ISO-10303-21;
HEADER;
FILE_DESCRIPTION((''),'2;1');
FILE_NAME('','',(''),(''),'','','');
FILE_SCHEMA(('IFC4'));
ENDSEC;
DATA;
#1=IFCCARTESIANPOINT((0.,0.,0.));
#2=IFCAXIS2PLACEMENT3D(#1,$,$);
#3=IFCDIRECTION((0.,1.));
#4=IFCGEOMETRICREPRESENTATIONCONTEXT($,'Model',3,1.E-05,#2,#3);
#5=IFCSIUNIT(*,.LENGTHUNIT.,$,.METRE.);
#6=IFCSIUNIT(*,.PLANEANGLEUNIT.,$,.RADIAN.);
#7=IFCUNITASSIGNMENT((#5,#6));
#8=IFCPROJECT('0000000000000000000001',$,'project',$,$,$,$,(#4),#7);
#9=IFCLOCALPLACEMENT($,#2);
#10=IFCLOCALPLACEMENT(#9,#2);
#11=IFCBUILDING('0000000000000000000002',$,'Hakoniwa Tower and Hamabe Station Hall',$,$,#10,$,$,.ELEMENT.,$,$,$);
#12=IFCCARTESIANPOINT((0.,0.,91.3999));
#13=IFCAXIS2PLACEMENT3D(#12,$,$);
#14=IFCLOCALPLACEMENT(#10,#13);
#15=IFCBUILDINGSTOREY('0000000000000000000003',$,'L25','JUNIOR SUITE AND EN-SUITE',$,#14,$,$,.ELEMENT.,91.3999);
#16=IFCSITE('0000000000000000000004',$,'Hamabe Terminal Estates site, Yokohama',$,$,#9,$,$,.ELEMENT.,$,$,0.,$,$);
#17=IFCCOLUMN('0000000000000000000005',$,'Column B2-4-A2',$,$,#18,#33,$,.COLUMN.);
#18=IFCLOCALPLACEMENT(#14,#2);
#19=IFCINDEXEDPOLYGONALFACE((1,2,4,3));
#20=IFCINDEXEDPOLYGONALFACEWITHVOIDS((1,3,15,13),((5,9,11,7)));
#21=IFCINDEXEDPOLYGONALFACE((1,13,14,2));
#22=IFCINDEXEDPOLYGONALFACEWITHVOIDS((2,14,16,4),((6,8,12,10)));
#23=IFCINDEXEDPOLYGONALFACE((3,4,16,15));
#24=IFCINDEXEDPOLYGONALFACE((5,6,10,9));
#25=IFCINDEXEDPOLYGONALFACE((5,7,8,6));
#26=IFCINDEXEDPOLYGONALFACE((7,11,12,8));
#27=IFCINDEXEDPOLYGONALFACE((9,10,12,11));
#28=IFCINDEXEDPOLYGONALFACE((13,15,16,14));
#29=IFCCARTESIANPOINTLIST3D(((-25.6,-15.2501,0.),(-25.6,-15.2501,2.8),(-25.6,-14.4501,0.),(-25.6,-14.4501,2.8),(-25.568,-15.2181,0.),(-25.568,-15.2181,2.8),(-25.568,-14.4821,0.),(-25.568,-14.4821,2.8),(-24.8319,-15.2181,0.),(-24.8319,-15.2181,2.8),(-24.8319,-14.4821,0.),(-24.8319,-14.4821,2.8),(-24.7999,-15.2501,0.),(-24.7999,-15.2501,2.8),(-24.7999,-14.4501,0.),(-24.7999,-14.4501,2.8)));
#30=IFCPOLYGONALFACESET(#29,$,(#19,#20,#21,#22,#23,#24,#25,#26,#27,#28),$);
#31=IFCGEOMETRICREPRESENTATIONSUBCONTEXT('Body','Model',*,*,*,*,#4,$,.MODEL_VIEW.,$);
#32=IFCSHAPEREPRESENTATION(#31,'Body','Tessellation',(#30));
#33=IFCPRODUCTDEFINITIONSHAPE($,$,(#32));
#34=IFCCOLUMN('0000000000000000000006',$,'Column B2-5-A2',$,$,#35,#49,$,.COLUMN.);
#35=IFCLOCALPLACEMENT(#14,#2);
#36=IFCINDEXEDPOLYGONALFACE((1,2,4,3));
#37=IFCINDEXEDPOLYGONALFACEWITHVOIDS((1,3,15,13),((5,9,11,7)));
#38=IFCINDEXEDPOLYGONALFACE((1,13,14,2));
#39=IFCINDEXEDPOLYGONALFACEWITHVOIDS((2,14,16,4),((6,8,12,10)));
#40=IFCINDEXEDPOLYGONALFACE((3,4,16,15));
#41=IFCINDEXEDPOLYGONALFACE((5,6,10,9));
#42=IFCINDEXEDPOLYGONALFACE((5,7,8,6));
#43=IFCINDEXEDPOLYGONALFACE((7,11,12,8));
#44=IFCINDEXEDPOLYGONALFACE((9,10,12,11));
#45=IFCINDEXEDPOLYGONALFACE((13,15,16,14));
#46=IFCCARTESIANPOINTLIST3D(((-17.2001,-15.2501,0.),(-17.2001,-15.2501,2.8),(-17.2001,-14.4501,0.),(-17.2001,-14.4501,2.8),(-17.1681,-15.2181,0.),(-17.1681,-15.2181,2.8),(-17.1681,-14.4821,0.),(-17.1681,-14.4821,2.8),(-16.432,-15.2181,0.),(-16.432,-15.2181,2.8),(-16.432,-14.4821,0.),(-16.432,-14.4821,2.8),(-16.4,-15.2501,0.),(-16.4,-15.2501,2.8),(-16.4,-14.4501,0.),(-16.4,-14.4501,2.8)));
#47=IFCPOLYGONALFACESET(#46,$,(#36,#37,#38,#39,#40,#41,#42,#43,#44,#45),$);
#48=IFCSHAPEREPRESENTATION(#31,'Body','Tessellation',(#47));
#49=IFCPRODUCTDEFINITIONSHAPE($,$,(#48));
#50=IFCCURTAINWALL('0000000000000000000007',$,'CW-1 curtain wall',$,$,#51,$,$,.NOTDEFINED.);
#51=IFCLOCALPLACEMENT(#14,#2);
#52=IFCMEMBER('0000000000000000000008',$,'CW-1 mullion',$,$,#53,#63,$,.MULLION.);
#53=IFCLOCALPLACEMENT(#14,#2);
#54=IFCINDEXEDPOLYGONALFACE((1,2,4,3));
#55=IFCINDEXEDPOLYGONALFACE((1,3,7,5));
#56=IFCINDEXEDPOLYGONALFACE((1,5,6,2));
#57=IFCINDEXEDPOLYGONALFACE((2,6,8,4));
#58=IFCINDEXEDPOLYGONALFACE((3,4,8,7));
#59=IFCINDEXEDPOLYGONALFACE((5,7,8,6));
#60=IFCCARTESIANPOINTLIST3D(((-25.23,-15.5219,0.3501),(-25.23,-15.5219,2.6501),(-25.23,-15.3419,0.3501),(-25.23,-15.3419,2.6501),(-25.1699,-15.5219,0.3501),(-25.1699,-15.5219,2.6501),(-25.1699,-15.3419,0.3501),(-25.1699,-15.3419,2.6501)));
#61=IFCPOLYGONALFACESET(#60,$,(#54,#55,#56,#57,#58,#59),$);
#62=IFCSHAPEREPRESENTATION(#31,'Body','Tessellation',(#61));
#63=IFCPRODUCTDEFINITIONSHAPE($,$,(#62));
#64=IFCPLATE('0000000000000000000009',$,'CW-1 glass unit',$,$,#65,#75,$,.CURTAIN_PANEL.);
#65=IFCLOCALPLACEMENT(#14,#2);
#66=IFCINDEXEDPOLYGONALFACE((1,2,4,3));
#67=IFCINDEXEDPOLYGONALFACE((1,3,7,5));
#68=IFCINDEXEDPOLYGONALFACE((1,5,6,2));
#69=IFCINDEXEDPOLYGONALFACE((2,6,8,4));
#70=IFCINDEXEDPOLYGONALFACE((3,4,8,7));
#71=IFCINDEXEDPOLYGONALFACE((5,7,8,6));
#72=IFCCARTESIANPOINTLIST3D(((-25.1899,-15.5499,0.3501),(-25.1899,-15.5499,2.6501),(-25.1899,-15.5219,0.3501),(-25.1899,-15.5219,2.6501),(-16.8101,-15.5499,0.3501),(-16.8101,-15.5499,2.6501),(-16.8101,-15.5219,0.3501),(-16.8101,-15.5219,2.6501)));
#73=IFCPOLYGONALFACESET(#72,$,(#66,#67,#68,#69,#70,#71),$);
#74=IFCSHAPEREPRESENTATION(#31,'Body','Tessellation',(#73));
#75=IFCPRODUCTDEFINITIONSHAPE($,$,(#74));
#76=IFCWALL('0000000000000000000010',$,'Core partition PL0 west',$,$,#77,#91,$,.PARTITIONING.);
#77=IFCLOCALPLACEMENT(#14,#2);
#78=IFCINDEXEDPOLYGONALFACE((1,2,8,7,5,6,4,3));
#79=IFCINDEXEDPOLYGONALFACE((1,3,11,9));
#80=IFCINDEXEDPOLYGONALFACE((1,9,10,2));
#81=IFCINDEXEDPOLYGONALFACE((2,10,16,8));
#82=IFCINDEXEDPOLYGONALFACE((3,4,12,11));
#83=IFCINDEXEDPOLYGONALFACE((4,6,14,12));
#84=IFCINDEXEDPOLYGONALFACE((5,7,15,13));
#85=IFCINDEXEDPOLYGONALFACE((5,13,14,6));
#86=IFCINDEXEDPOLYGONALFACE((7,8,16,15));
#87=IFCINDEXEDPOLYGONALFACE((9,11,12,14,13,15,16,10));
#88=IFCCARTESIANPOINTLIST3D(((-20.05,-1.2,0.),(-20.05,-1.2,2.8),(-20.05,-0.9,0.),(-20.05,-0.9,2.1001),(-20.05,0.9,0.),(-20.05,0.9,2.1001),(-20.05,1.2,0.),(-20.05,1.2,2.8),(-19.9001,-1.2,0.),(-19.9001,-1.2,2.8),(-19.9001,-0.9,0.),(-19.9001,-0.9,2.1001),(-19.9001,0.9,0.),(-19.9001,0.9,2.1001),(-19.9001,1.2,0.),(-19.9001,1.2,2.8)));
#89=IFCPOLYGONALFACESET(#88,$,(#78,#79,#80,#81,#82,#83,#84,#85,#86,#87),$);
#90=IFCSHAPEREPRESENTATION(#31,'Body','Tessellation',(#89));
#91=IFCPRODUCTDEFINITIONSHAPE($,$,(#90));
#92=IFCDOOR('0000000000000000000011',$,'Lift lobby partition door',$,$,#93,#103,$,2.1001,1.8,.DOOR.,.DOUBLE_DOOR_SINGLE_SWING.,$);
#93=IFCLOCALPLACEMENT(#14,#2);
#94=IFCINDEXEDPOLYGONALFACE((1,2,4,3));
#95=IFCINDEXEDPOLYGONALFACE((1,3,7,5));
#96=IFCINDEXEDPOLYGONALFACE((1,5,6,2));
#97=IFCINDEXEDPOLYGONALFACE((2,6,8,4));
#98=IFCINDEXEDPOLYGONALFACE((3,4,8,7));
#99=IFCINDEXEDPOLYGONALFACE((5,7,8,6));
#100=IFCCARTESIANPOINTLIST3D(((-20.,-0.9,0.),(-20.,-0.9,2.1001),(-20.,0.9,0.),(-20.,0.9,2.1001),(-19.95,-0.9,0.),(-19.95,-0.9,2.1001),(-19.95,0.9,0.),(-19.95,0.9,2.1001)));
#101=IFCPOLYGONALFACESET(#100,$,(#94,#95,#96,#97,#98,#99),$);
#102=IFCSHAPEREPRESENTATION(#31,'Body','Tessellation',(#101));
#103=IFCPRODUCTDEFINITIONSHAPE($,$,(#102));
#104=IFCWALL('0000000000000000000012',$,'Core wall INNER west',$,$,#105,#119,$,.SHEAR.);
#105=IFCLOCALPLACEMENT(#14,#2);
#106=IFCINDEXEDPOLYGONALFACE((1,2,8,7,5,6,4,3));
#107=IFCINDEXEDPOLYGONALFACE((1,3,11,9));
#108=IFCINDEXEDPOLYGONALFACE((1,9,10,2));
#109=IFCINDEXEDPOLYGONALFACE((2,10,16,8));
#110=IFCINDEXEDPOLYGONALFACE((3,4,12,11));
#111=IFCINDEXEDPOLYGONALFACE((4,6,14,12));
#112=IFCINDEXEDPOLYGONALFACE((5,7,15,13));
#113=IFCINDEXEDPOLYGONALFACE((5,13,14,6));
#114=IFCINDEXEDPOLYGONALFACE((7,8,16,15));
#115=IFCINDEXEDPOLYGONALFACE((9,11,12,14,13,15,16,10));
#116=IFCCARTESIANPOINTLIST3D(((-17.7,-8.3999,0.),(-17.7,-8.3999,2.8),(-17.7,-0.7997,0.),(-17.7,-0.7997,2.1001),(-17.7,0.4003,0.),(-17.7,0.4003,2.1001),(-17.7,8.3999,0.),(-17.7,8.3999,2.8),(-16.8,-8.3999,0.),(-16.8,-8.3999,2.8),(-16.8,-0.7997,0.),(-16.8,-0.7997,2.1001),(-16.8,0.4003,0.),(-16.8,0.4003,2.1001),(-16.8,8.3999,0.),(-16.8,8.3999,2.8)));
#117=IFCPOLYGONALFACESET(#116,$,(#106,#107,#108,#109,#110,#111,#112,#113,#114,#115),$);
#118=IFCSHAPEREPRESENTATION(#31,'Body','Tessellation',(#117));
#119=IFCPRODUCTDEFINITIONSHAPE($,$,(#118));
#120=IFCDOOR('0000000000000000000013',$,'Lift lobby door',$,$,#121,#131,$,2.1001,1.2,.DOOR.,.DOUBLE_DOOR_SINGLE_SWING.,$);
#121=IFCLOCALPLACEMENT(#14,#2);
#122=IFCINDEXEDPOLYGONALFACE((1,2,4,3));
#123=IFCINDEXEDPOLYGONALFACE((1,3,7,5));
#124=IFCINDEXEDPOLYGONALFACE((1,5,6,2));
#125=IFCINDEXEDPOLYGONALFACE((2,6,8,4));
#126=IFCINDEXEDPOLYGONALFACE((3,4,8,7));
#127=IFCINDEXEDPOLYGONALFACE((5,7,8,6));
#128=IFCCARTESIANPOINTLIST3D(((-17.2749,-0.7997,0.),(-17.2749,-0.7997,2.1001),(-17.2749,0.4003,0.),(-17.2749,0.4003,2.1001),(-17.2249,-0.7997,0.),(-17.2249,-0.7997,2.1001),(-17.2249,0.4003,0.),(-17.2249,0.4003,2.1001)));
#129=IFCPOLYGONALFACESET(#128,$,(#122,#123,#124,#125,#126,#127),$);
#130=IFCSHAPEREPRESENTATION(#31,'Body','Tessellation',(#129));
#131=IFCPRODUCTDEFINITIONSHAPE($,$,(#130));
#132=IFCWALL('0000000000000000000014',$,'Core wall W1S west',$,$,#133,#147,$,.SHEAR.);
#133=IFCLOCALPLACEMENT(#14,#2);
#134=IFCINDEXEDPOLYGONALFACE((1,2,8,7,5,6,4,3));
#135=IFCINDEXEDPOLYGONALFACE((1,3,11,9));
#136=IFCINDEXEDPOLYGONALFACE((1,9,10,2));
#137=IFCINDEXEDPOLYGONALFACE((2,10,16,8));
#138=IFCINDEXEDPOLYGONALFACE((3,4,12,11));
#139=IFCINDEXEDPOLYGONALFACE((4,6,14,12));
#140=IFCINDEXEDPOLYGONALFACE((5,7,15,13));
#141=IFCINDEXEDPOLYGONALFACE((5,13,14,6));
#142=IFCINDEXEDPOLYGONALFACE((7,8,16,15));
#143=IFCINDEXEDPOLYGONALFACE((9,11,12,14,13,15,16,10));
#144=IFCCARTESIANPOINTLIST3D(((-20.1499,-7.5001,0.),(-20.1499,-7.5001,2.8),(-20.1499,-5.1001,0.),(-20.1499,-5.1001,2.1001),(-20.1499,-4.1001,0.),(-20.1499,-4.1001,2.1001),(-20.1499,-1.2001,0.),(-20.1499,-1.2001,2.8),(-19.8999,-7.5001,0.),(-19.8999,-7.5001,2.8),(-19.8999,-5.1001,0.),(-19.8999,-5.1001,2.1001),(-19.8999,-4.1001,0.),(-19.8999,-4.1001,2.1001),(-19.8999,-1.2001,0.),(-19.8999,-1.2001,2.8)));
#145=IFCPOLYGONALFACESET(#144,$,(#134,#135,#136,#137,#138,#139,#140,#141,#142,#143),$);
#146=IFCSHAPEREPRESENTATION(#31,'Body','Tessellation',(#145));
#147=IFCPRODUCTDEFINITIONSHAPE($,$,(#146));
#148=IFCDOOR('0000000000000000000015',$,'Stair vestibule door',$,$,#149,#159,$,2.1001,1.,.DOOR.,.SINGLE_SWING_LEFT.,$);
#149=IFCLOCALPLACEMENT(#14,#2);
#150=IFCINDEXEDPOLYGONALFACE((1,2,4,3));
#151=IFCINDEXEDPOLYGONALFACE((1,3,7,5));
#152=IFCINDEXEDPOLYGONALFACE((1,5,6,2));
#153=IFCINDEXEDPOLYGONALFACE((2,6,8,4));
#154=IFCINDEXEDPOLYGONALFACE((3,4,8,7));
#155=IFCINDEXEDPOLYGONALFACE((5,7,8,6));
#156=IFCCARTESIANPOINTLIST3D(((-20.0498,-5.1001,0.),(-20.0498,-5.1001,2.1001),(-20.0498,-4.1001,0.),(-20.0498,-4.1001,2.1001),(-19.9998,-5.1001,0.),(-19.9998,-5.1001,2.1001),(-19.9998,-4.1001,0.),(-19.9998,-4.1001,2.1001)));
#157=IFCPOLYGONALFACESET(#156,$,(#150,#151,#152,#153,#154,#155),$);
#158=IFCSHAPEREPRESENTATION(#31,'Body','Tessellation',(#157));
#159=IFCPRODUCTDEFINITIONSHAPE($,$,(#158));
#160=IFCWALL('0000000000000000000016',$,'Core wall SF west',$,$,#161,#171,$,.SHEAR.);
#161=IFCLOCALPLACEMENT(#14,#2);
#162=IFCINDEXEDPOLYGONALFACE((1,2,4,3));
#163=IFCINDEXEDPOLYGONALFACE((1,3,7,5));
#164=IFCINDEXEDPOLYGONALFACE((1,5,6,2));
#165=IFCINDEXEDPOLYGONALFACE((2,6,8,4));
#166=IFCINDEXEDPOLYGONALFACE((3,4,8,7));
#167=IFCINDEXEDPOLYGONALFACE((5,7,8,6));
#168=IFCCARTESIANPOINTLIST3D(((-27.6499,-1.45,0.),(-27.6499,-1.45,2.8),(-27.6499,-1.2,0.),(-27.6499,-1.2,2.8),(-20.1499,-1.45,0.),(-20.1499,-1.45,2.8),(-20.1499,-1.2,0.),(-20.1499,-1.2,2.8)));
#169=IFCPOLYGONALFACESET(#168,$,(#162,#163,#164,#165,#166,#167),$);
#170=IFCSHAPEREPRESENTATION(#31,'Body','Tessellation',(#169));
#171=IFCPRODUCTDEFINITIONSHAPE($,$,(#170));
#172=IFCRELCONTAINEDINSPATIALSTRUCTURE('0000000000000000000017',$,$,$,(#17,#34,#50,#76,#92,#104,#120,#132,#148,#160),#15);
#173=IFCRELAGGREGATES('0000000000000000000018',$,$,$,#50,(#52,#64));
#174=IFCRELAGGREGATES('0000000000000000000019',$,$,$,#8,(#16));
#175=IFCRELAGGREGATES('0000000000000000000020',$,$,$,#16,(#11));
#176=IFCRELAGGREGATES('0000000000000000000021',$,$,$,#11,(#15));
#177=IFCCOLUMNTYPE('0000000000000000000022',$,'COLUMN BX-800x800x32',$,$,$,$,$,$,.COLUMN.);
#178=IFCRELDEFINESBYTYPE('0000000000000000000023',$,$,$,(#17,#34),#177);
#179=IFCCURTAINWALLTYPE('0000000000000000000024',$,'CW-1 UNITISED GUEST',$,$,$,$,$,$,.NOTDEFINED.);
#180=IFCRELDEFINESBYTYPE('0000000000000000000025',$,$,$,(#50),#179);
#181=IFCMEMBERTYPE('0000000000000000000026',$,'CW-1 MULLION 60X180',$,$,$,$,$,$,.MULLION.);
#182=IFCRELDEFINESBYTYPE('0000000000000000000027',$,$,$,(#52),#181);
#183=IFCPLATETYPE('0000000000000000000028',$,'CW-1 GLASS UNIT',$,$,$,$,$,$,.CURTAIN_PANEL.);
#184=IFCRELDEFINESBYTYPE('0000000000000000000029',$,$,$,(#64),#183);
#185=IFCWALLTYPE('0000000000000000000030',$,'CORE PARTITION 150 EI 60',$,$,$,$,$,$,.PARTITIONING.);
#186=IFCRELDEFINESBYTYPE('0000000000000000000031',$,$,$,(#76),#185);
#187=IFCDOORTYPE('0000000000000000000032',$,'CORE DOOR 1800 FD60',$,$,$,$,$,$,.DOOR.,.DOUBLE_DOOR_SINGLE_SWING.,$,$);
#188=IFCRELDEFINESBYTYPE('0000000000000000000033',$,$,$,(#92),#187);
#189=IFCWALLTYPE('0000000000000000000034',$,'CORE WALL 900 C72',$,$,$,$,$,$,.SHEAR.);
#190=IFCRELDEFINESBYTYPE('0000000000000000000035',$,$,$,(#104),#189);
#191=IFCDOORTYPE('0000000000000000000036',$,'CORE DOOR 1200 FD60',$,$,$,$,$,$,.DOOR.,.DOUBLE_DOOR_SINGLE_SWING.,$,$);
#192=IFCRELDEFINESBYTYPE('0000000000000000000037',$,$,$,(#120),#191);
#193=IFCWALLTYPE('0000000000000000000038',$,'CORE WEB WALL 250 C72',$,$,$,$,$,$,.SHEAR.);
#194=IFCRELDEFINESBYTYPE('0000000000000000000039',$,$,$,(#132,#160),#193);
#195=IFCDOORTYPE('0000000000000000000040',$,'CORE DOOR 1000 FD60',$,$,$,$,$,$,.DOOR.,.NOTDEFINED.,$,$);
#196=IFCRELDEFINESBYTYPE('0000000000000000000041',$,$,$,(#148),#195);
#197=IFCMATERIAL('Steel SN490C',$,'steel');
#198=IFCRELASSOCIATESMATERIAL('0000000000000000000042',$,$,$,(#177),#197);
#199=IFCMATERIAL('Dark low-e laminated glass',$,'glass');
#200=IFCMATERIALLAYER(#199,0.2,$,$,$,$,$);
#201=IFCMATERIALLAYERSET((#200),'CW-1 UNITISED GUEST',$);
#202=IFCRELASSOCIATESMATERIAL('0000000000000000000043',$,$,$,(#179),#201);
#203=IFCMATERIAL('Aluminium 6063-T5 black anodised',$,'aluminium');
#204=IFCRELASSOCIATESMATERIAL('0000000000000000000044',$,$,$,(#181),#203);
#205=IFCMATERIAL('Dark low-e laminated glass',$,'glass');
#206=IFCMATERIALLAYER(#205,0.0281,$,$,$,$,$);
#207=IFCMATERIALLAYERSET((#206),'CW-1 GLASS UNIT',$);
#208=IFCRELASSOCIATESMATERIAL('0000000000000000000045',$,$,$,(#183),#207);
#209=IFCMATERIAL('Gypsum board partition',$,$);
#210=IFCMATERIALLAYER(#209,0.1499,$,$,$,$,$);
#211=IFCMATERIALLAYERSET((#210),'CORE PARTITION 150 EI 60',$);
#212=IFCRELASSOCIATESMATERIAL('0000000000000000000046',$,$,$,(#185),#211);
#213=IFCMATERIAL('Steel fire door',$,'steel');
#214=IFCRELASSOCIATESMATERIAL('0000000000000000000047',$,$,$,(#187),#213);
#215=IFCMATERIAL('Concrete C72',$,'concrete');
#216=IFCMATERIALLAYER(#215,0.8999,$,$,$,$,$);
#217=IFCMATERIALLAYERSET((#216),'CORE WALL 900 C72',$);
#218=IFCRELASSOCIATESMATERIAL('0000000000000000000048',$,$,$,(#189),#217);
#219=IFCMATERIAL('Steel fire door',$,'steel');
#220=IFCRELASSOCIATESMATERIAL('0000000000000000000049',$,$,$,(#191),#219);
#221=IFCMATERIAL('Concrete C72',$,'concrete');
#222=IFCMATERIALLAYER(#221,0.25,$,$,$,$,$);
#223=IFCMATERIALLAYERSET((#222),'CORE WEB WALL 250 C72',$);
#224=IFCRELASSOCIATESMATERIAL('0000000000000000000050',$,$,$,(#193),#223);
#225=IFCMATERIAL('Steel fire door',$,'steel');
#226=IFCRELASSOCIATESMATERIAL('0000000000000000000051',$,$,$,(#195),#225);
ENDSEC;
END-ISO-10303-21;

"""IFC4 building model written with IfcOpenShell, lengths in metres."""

from ifc_helpers import new_model, si_unit, direction, frame, frame_2d, origin, origin_2d, place, context, subcontext, project, spatial, rectangle, hollow_rectangle, extrude, material, layer, layer_set, material_profile, profile_set, type_object, element, fill, aggregate, save


model = new_model("IFC4")

# Units and contexts
model_context = context("Model", 3, precision=1e-05, world=origin(), true_north=direction((0.0, 1.0)))
body_context = subcontext(model_context, "Body", "Model", "MODEL_VIEW")
ifc_project = project(units=[si_unit("LENGTHUNIT", "METRE"), si_unit("PLANEANGLEUNIT", "RADIAN")], contexts=[model_context])

# Site, building, storey
site_placement = place(None, origin())
site = spatial("IfcSite", under=ifc_project, at=site_placement, Name="Hamabe Terminal Estates site, Yokohama", CompositionType="ELEMENT", RefElevation=0.0)
building_placement = place(site_placement, origin())
building = spatial("IfcBuilding", under=site, at=building_placement, Name="Hakoniwa Tower and Hamabe Station Hall", CompositionType="ELEMENT")
storey_placement = place(building_placement, frame((0.0, 0.0, 91.3999)))
storey = spatial("IfcBuildingStorey", under=building, at=storey_placement, Name="L25", Description="JUNIOR SUITE AND EN-SUITE", CompositionType="ELEMENT", Elevation=91.3999)

# Columns
ifc_material_1 = material(Name="Steel SN490C", Category="steel")
ifc_material_profile_1 = material_profile(ifc_material_1, hollow_rectangle(XDim=0.8, YDim=0.8, WallThickness=0.032, at=origin_2d()), Name="BX-800x800x32")
ifc_profile_set_1 = profile_set([ifc_material_profile_1], Name="Steel SN490C")
column_type = type_object("IfcColumnType", Name="COLUMN BX-800x800x32", PredefinedType="COLUMN", material=ifc_profile_set_1)
for number, where, z_axis, x_axis, name in (
    (1, (-25.2, -14.8501, 0.0), (0.0, 0.0, 1.0), (1.0, 0.0, 0.0), "Column B2-4-A2"),
    (2, (-16.8, -14.8501, 0.0), (0.0, 0.0, 1.0), (1.0, 0.0, 0.0), "Column B2-5-A2"),
):
    element("IfcColumn", number, at=place(storey_placement, frame(where, z_axis=z_axis, x_axis=x_axis)), inside=storey, type_object=column_type, Name=name, PredefinedType="COLUMN", context=body_context, shape_type="SweptSolid", body=[
        extrude(hollow_rectangle(XDim=0.8, YDim=0.8, WallThickness=0.032, at=origin_2d()), origin(), (0.0, 0.0, 1.0), 2.8),
    ])

# Curtain wall, member, plate
ifc_material_2 = material(Name="Dark low-e laminated glass", Category="glass")
ifc_layer_1 = layer(ifc_material_2, 0.2)
ifc_layer_set_1 = layer_set([ifc_layer_1], Name="CW-1 UNITISED GUEST")
curtain_wall_type = type_object("IfcCurtainWallType", Name="CW-1 UNITISED GUEST", PredefinedType="NOTDEFINED", material=ifc_layer_set_1)
curtain_wall_placement = place(storey_placement, origin())
curtain_wall = element("IfcCurtainWall", 3, at=curtain_wall_placement, inside=storey, type_object=curtain_wall_type, Name="CW-1 curtain wall", PredefinedType="NOTDEFINED")
ifc_material_3 = material(Name="Aluminium 6063-T5 black anodised", Category="aluminium")
ifc_material_profile_2 = material_profile(ifc_material_3, rectangle(XDim=0.0601, YDim=0.1799, at=origin_2d()), Name="CW-1 MULLION 60X180")
ifc_profile_set_2 = profile_set([ifc_material_profile_2], Name="Aluminium 6063-T5 black anodised")
member_type = type_object("IfcMemberType", Name="CW-1 MULLION 60X180", PredefinedType="MULLION", material=ifc_profile_set_2)
member_placement = place(storey_placement, frame((-25.2, -15.4319, 0.3501), z_axis=(0.0, 0.0, 1.0), x_axis=(1.0, 0.0, 0.0)))
member = element("IfcMember", 4, at=member_placement, type_object=member_type, Name="CW-1 mullion", PredefinedType="MULLION", context=body_context, shape_type="SweptSolid", body=[
    extrude(rectangle(XDim=0.0601, YDim=0.1799, at=origin_2d()), origin(), (0.0, 0.0, 1.0), 2.3),
])
ifc_material_4 = material(Name="Dark low-e laminated glass", Category="glass")
ifc_layer_2 = layer(ifc_material_4, 0.0281)
ifc_layer_set_2 = layer_set([ifc_layer_2], Name="CW-1 GLASS UNIT")
plate_type = type_object("IfcPlateType", Name="CW-1 GLASS UNIT", PredefinedType="CURTAIN_PANEL", material=ifc_layer_set_2)
plate_placement = place(storey_placement, frame((-21.0, -15.5359, 0.3501), z_axis=(0.0, 0.0, 1.0), x_axis=(1.0, 0.0, 0.0)))
plate = element("IfcPlate", 5, at=plate_placement, type_object=plate_type, Name="CW-1 glass unit", PredefinedType="CURTAIN_PANEL", context=body_context, shape_type="SweptSolid", body=[
    extrude(rectangle(XDim=8.3799, YDim=0.0281, at=origin_2d()), origin(), (0.0, 0.0, 1.0), 2.3),
])
aggregate(curtain_wall, [member, plate])

# Walls, openings, doors
ifc_material_5 = material(Name="Gypsum board partition")
ifc_layer_3 = layer(ifc_material_5, 0.1499)
ifc_layer_set_3 = layer_set([ifc_layer_3], Name="CORE PARTITION 150 EI 60")
wall_type_1 = type_object("IfcWallType", Name="CORE PARTITION 150 EI 60", PredefinedType="PARTITIONING", material=ifc_layer_set_3)
wall_1_placement = place(storey_placement, frame((-19.9751, -1.2, 0.0), z_axis=(0.0, 0.0, 1.0), x_axis=(0.0, 1.0, 0.0)))
wall_1 = element("IfcWall", 6, at=wall_1_placement, inside=storey, type_object=wall_type_1, Name="Core partition PL0 west", PredefinedType="PARTITIONING", context=body_context, shape_type="SweptSolid", body=[
    extrude(rectangle(XDim=2.3999, YDim=0.1499, at=frame_2d((1.2, 0.0))), origin(), (0.0, 0.0, 1.0), 2.8),
])
opening_1_placement = place(wall_1_placement, frame((0.3, 0.0, 0.0)))
opening_1 = element("IfcOpeningElement", 7, at=opening_1_placement, cuts=wall_1, PredefinedType="OPENING", context=body_context, shape_type="SweptSolid", body=[
    extrude(rectangle(XDim=1.8, YDim=2.1001, at=frame_2d((0.8999, 1.05))), frame((0.0, 0.085, 0.0), z_axis=(0.0, -1.0, 0.0), x_axis=(1.0, 0.0, 0.0)), (0.0, 0.0, 1.0), 0.1699),
])
ifc_material_6 = material(Name="Steel fire door", Category="steel")
door_type_1 = type_object("IfcDoorType", Name="CORE DOOR 1800 FD60", OperationType="DOUBLE_DOOR_SINGLE_SWING", PredefinedType="DOOR", material=ifc_material_6)
door_1_placement = place(opening_1_placement, origin())
door_1 = element("IfcDoor", 8, at=door_1_placement, inside=storey, type_object=door_type_1, Name="Lift lobby partition door", OperationType="DOUBLE_DOOR_SINGLE_SWING", OverallHeight=2.1001, OverallWidth=1.8, PredefinedType="DOOR", context=body_context, shape_type="SweptSolid", body=[
    extrude(rectangle(XDim=1.8, YDim=2.1001, at=frame_2d((0.8999, 1.05))), frame((0.0, 0.0249, 0.0), z_axis=(0.0, -1.0, 0.0), x_axis=(1.0, 0.0, 0.0)), (0.0, 0.0, 1.0), 0.05),
])
fill(opening_1, door_1)
ifc_material_7 = material(Name="Concrete C72", Category="concrete")
ifc_layer_4 = layer(ifc_material_7, 0.8999)
ifc_layer_set_4 = layer_set([ifc_layer_4], Name="CORE WALL 900 C72")
wall_type_2 = type_object("IfcWallType", Name="CORE WALL 900 C72", PredefinedType="SHEAR", material=ifc_layer_set_4)
wall_2_placement = place(storey_placement, frame((-17.25, -8.3999, 0.0), z_axis=(0.0, 0.0, 1.0), x_axis=(0.0, 1.0, 0.0)))
wall_2 = element("IfcWall", 9, at=wall_2_placement, inside=storey, type_object=wall_type_2, Name="Core wall INNER west", PredefinedType="SHEAR", context=body_context, shape_type="SweptSolid", body=[
    extrude(rectangle(XDim=16.7998, YDim=0.8999, at=frame_2d((8.3999, 0.0))), origin(), (0.0, 0.0, 1.0), 2.8),
])
opening_2_placement = place(wall_2_placement, frame((7.6001, 0.0, 0.0)))
opening_2 = element("IfcOpeningElement", 10, at=opening_2_placement, cuts=wall_2, PredefinedType="OPENING", context=body_context, shape_type="SweptSolid", body=[
    extrude(rectangle(XDim=1.2, YDim=2.1001, at=frame_2d((0.6001, 1.05))), frame((0.0, 0.46, 0.0), z_axis=(0.0, -1.0, 0.0), x_axis=(1.0, 0.0, 0.0)), (0.0, 0.0, 1.0), 0.9199),
])
ifc_material_8 = material(Name="Steel fire door", Category="steel")
door_type_2 = type_object("IfcDoorType", Name="CORE DOOR 1200 FD60", OperationType="DOUBLE_DOOR_SINGLE_SWING", PredefinedType="DOOR", material=ifc_material_8)
door_2_placement = place(opening_2_placement, origin())
door_2 = element("IfcDoor", 11, at=door_2_placement, inside=storey, type_object=door_type_2, Name="Lift lobby door", OperationType="DOUBLE_DOOR_SINGLE_SWING", OverallHeight=2.1001, OverallWidth=1.2, PredefinedType="DOOR", context=body_context, shape_type="SweptSolid", body=[
    extrude(rectangle(XDim=1.2, YDim=2.1001, at=frame_2d((0.6001, 1.05))), frame((0.0, 0.0249, 0.0), z_axis=(0.0, -1.0, 0.0), x_axis=(1.0, 0.0, 0.0)), (0.0, 0.0, 1.0), 0.05),
])
fill(opening_2, door_2)
ifc_material_9 = material(Name="Concrete C72", Category="concrete")
ifc_layer_5 = layer(ifc_material_9, 0.25)
ifc_layer_set_5 = layer_set([ifc_layer_5], Name="CORE WEB WALL 250 C72")
wall_type_3 = type_object("IfcWallType", Name="CORE WEB WALL 250 C72", PredefinedType="SHEAR", material=ifc_layer_set_5)
wall_3_placement = place(storey_placement, frame((-20.0249, -7.5, 0.0), z_axis=(0.0, 0.0, 1.0), x_axis=(0.0, 1.0, 0.0)))
wall_3 = element("IfcWall", 12, at=wall_3_placement, inside=storey, type_object=wall_type_3, Name="Core wall W1S west", PredefinedType="SHEAR", context=body_context, shape_type="SweptSolid", body=[
    extrude(rectangle(XDim=6.3, YDim=0.25, at=frame_2d((3.1499, 0.0))), origin(), (0.0, 0.0, 1.0), 2.8),
])
opening_3_placement = place(wall_3_placement, frame((2.3999, 0.0, 0.0)))
opening_3 = element("IfcOpeningElement", 13, at=opening_3_placement, cuts=wall_3, PredefinedType="OPENING", context=body_context, shape_type="SweptSolid", body=[
    extrude(rectangle(XDim=1.0, YDim=2.1001, at=frame_2d((0.5, 1.05))), frame((0.0, 0.135, 0.0), z_axis=(0.0, -1.0, 0.0), x_axis=(1.0, 0.0, 0.0)), (0.0, 0.0, 1.0), 0.27),
])
ifc_material_10 = material(Name="Steel fire door", Category="steel")
door_type_3 = type_object("IfcDoorType", Name="CORE DOOR 1000 FD60", OperationType="NOTDEFINED", PredefinedType="DOOR", material=ifc_material_10)
door_3_placement = place(opening_3_placement, origin())
door_3 = element("IfcDoor", 14, at=door_3_placement, inside=storey, type_object=door_type_3, Name="Stair vestibule door", OperationType="SINGLE_SWING_LEFT", OverallHeight=2.1001, OverallWidth=1.0, PredefinedType="DOOR", context=body_context, shape_type="SweptSolid", body=[
    extrude(rectangle(XDim=1.0, YDim=2.1001, at=frame_2d((0.5, 1.05))), frame((0.0, 0.0249, 0.0), z_axis=(0.0, -1.0, 0.0), x_axis=(1.0, 0.0, 0.0)), (0.0, 0.0, 1.0), 0.05),
])
fill(opening_3, door_3)

# Wall
wall_4_placement = place(storey_placement, frame((-27.6499, -1.325, 0.0), z_axis=(0.0, 0.0, 1.0), x_axis=(1.0, 0.0, 0.0)))
element("IfcWall", 15, at=wall_4_placement, inside=storey, type_object=wall_type_3, Name="Core wall SF west", PredefinedType="SHEAR", context=body_context, shape_type="SweptSolid", body=[
    extrude(rectangle(XDim=7.5, YDim=0.25, at=frame_2d((3.75, 0.0))), origin(), (0.0, 0.0, 1.0), 2.8),
])

save(model, "model.ifc")
